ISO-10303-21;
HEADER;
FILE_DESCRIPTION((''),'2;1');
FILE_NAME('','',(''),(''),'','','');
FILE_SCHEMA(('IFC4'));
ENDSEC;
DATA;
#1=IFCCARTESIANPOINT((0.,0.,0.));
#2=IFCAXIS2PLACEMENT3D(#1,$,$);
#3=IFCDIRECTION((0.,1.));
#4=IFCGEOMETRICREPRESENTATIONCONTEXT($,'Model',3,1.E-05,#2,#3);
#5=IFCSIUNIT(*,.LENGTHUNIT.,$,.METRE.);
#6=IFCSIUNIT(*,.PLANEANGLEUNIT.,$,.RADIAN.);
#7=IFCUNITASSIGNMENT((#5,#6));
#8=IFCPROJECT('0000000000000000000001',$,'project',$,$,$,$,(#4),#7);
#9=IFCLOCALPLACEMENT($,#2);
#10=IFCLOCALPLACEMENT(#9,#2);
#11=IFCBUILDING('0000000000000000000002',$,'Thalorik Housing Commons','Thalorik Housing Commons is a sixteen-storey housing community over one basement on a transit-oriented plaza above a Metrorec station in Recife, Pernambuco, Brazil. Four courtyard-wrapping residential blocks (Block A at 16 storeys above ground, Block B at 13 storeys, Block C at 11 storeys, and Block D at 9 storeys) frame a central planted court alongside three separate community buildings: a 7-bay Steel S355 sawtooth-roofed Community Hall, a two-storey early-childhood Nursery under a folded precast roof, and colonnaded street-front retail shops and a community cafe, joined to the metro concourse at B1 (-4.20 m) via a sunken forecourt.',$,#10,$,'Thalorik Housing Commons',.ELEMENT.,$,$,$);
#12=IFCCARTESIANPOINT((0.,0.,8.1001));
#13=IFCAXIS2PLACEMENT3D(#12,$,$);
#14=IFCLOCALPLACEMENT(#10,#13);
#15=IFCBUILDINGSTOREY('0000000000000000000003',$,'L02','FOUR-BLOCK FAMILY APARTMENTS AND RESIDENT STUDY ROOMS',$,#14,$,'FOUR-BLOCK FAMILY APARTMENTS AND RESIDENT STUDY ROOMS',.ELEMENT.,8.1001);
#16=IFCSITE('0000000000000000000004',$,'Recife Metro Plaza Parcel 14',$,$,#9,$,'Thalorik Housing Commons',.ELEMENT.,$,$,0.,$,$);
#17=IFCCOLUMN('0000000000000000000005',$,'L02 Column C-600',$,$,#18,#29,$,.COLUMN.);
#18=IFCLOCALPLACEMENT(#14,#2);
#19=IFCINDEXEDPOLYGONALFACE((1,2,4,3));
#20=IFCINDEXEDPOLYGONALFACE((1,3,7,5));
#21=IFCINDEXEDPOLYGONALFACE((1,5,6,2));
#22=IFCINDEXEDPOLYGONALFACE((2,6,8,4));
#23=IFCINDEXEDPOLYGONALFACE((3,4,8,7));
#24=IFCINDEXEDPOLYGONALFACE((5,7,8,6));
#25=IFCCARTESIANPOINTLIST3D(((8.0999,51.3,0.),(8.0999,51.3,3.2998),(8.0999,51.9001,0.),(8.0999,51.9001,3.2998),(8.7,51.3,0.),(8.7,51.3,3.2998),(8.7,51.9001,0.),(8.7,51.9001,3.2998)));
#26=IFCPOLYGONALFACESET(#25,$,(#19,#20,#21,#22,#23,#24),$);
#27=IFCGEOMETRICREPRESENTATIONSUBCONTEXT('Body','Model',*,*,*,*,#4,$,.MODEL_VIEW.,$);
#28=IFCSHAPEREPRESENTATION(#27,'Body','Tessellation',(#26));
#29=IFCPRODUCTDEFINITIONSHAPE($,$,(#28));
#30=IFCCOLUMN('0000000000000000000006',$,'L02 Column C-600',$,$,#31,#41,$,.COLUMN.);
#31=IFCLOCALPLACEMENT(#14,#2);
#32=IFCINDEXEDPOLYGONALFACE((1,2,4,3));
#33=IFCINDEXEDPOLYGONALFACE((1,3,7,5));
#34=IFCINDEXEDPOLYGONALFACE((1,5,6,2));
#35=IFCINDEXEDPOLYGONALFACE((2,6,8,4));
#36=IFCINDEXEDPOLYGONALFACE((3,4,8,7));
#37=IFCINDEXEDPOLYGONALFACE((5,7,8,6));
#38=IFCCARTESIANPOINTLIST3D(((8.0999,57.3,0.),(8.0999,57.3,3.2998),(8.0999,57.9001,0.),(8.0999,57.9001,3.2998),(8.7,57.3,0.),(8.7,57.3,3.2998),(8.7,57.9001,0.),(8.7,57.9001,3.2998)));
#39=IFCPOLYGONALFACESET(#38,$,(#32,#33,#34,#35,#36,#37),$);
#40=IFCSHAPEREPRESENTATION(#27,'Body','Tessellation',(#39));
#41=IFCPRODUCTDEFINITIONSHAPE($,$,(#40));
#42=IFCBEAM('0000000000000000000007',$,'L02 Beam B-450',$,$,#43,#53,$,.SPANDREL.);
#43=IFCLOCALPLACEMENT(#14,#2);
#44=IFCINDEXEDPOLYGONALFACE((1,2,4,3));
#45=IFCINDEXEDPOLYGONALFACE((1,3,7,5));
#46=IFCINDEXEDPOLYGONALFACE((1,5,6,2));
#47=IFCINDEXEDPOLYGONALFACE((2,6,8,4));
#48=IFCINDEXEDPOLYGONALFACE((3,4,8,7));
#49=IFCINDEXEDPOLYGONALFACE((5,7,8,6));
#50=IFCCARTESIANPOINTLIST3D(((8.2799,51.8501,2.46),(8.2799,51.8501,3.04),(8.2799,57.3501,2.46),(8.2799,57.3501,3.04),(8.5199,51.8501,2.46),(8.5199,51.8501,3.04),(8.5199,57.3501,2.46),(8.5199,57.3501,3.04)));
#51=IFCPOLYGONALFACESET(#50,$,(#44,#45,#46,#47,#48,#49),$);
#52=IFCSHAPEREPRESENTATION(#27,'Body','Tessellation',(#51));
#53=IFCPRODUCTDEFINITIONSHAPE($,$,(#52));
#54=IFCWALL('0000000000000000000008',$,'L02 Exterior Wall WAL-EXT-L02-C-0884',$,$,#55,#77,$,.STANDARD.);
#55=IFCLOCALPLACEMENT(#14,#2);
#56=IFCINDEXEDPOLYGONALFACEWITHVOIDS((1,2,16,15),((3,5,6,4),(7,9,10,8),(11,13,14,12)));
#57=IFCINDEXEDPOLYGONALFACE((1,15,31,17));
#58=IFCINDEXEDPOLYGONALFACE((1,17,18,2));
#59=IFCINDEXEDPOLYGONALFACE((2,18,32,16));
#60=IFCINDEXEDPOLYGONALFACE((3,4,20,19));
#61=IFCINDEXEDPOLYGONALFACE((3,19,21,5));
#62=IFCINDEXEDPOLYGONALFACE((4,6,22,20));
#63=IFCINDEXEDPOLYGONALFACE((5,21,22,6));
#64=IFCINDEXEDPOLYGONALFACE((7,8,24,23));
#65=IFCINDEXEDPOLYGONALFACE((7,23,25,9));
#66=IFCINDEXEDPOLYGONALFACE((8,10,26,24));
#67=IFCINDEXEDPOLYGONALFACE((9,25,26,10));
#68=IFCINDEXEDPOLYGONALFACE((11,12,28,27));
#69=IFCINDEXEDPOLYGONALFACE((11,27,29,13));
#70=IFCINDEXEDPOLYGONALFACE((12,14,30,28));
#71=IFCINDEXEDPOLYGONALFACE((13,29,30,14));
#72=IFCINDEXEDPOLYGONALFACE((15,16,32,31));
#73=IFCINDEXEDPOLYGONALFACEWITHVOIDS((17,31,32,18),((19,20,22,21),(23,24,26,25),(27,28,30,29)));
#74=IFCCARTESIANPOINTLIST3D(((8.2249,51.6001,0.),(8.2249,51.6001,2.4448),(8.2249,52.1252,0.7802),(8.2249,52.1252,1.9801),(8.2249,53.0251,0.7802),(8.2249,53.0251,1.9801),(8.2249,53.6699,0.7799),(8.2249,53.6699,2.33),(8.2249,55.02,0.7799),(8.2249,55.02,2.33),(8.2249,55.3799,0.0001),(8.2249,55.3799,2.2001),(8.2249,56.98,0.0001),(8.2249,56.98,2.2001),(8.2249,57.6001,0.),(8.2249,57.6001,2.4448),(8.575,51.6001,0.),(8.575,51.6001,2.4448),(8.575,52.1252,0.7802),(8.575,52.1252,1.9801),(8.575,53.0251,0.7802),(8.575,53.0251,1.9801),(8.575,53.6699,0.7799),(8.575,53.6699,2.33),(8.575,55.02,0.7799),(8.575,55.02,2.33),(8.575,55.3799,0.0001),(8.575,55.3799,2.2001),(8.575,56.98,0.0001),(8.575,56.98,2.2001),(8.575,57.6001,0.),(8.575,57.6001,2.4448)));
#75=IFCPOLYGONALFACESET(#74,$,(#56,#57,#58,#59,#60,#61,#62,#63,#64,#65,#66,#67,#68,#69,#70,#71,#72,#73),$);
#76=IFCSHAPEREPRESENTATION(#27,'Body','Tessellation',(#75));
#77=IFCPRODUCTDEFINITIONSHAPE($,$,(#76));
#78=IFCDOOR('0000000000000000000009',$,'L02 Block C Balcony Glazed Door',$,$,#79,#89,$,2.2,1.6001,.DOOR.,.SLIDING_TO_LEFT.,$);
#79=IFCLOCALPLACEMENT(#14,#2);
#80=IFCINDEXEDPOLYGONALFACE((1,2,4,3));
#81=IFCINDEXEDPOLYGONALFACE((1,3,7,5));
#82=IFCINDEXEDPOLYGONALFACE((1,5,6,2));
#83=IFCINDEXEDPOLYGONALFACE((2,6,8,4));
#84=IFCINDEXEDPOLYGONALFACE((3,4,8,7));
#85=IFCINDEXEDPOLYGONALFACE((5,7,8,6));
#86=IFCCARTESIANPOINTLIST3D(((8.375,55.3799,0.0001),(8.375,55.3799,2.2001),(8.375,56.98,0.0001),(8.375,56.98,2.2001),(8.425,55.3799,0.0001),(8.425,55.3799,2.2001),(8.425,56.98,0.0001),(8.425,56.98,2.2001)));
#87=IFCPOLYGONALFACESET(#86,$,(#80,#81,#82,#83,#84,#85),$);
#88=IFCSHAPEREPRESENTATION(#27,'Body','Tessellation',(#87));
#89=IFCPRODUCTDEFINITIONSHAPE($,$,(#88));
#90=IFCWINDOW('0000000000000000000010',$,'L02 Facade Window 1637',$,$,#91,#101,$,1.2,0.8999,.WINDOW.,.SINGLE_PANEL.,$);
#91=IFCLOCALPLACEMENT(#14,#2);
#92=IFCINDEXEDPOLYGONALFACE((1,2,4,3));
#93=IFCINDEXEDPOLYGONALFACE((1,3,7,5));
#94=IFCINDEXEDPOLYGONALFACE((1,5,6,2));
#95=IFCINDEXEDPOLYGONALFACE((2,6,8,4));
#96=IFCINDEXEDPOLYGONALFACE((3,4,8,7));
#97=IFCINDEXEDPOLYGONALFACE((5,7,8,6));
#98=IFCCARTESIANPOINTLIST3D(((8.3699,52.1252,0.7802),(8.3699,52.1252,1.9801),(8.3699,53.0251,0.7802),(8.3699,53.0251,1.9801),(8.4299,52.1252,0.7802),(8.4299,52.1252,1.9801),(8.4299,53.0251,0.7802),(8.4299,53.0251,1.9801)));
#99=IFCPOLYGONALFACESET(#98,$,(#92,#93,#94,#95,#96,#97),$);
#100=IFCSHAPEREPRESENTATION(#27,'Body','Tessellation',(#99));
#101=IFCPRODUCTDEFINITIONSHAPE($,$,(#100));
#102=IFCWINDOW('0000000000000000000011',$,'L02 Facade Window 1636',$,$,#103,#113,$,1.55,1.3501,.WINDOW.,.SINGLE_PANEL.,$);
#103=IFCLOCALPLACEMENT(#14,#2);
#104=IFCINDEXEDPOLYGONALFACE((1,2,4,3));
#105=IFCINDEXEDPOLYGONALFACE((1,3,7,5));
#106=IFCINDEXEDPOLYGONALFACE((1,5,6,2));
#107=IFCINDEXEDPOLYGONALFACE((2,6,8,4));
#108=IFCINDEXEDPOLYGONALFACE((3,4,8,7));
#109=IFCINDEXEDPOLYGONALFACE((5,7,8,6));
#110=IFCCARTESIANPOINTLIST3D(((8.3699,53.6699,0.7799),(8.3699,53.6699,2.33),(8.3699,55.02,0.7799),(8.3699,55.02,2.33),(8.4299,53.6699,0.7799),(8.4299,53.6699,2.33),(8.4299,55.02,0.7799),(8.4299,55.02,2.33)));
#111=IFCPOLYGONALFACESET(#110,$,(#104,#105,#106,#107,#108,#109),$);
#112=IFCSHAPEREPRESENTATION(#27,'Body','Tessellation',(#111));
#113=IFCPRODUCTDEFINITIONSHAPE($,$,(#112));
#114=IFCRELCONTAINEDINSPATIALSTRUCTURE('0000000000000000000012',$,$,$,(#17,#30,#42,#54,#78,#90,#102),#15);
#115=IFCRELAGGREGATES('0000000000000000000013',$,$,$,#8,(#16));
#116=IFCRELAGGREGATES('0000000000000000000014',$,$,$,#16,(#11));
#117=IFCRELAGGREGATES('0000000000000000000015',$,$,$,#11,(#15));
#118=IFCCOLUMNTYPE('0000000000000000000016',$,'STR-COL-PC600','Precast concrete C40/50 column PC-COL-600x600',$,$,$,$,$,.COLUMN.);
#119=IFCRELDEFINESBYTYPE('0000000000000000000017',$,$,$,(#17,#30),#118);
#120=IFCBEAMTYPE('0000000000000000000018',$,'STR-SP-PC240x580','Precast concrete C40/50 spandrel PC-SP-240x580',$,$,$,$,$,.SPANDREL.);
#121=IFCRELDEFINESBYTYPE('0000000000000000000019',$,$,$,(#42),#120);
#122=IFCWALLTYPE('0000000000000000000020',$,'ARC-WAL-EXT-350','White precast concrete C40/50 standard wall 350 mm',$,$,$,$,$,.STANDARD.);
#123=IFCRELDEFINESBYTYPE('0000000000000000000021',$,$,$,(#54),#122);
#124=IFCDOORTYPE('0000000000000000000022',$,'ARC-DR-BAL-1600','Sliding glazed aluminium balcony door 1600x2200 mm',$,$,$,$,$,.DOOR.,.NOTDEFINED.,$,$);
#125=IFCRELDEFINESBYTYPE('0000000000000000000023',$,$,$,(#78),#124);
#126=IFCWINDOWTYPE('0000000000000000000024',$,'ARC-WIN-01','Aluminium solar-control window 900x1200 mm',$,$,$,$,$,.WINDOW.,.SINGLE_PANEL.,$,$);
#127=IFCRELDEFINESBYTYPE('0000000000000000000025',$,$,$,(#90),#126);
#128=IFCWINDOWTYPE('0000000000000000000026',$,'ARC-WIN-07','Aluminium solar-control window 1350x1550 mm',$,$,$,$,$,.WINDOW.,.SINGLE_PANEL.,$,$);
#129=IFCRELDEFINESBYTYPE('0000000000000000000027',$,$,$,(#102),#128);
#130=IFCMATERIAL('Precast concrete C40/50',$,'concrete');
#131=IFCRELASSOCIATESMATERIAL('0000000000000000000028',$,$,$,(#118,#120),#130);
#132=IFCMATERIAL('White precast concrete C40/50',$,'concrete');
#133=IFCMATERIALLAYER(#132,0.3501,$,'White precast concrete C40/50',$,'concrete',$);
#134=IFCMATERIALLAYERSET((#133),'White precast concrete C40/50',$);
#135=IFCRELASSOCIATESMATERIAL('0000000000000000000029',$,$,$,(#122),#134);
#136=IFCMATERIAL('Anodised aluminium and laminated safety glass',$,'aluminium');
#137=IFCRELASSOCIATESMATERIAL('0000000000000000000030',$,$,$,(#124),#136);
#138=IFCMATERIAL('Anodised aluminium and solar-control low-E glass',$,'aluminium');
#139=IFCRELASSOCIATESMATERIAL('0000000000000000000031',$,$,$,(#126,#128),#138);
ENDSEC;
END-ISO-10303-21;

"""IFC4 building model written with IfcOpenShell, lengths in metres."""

from ifc_helpers import new_model, si_unit, direction, frame, frame_2d, origin, origin_2d, place, context, subcontext, project, spatial, rectangle, extrude, material, layer, layer_set, material_profile, profile_set, type_object, element, fill, save


model = new_model("IFC4")

# Units and contexts
model_context = context("Model", 3, precision=1e-05, world=origin(), true_north=direction((0.0, 1.0)))
body_context = subcontext(model_context, "Body", "Model", "MODEL_VIEW")
ifc_project = project(units=[si_unit("LENGTHUNIT", "METRE"), si_unit("PLANEANGLEUNIT", "RADIAN")], contexts=[model_context])

# Site, building, storey
site_placement = place(None, origin())
site = spatial("IfcSite", under=ifc_project, at=site_placement, Name="Recife Metro Plaza Parcel 14", LongName="Thalorik Housing Commons", CompositionType="ELEMENT", RefElevation=0.0)
building_placement = place(site_placement, origin())
building = spatial("IfcBuilding", under=site, at=building_placement, Name="Thalorik Housing Commons", Description="Thalorik Housing Commons is a sixteen-storey housing community over one basement on a transit-oriented plaza above a Metrorec station in Recife, Pernambuco, Brazil. Four courtyard-wrapping residential blocks (Block A at 16 storeys above ground, Block B at 13 storeys, Block C at 11 storeys, and Block D at 9 storeys) frame a central planted court alongside three separate community buildings: a 7-bay Steel S355 sawtooth-roofed Community Hall, a two-storey early-childhood Nursery under a folded precast roof, and colonnaded street-front retail shops and a community cafe, joined to the metro concourse at B1 (-4.20 m) via a sunken forecourt.", LongName="Thalorik Housing Commons", CompositionType="ELEMENT")
storey_placement = place(building_placement, frame((0.0, 0.0, 8.1001)))
storey = spatial("IfcBuildingStorey", under=building, at=storey_placement, Name="L02", Description="FOUR-BLOCK FAMILY APARTMENTS AND RESIDENT STUDY ROOMS", LongName="FOUR-BLOCK FAMILY APARTMENTS AND RESIDENT STUDY ROOMS", CompositionType="ELEMENT", Elevation=8.1001)

# Columns
ifc_material_1 = material(Name="Precast concrete C40/50", Category="concrete")
ifc_material_profile_1 = material_profile(ifc_material_1, rectangle(XDim=0.6001, YDim=0.6001, at=origin_2d()), Name="PC 600x600", Category="concrete")
ifc_profile_set_1 = profile_set([ifc_material_profile_1], Name="Precast concrete C40/50")
column_type = type_object("IfcColumnType", Name="STR-COL-PC600", Description="Precast concrete C40/50 column PC-COL-600x600", PredefinedType="COLUMN", material=ifc_profile_set_1)
for number, where, z_axis, x_axis, name in (
    (1, (8.3999, 51.6001, 0.0), (0.0, 0.0, 1.0), (1.0, 0.0, 0.0), "L02 Column C-600"),
    (2, (8.3999, 57.6001, 0.0), (0.0, 0.0, 1.0), (1.0, 0.0, 0.0), "L02 Column C-600"),
):
    element("IfcColumn", number, at=place(storey_placement, frame(where, z_axis=z_axis, x_axis=x_axis)), inside=storey, type_object=column_type, Name=name, PredefinedType="COLUMN", context=body_context, shape_type="SweptSolid", body=[
        extrude(rectangle(XDim=0.6001, YDim=0.6001, at=origin_2d()), origin(), (0.0, 0.0, 1.0), 3.2998),
    ])

# Beam
ifc_material_profile_2 = material_profile(ifc_material_1, rectangle(XDim=0.24, YDim=0.5801, at=origin_2d()), Name="PC SP 240x580", Category="concrete")
ifc_profile_set_2 = profile_set([ifc_material_profile_2], Name="Precast concrete C40/50")
beam_type = type_object("IfcBeamType", Name="STR-SP-PC240x580", Description="Precast concrete C40/50 spandrel PC-SP-240x580", PredefinedType="SPANDREL", material=ifc_profile_set_2)
beam_placement = place(storey_placement, frame((8.3999, 51.8501, 2.75), z_axis=(0.0, 1.0, 0.0), x_axis=(-1.0, 0.0, 0.0)))
element("IfcBeam", 3, at=beam_placement, inside=storey, type_object=beam_type, Name="L02 Beam B-450", PredefinedType="SPANDREL", context=body_context, shape_type="SweptSolid", body=[
    extrude(rectangle(XDim=0.24, YDim=0.5801, at=origin_2d()), origin(), (0.0, 0.0, 1.0), 5.5),
])

# Wall, openings, door, windows
ifc_material_2 = material(Name="White precast concrete C40/50", Category="concrete")
ifc_layer_1 = layer(ifc_material_2, 0.3501, Name="White precast concrete C40/50", Category="concrete")
ifc_layer_set_1 = layer_set([ifc_layer_1], Name="White precast concrete C40/50")
wall_type_1 = type_object("IfcWallType", Name="ARC-WAL-EXT-350", Description="White precast concrete C40/50 standard wall 350 mm", PredefinedType="STANDARD", material=ifc_layer_set_1)
wall_1_placement = place(storey_placement, frame((8.3999, 57.6001, 0.0), z_axis=(0.0, 0.0, 1.0), x_axis=(0.0, -1.0, 0.0)))
wall_1 = element("IfcWall", 4, at=wall_1_placement, inside=storey, type_object=wall_type_1, Name="L02 Exterior Wall WAL-EXT-L02-C-0884", PredefinedType="STANDARD", context=body_context, shape_type="SweptSolid", body=[
    extrude(rectangle(XDim=6.0, YDim=0.3501, at=frame_2d((3.0, 0.0))), origin(), (0.0, 0.0, 1.0), 2.4448),
])
opening_1_placement = place(wall_1_placement, frame((0.6201, 0.0, 0.0)))
opening_1 = element("IfcOpeningElement", 5, at=opening_1_placement, cuts=wall_1, PredefinedType="OPENING", context=body_context, shape_type="SweptSolid", body=[
    extrude(rectangle(XDim=1.6001, YDim=2.2, at=frame_2d((0.8, 1.1001))), frame((0.0, 0.1851, 0.0), z_axis=(0.0, -1.0, 0.0), x_axis=(1.0, 0.0, 0.0)), (0.0, 0.0, 1.0), 0.3701),
])
opening_2_placement = place(wall_1_placement, frame((2.5801, 0.0, 0.78)))
opening_2 = element("IfcOpeningElement", 6, at=opening_2_placement, cuts=wall_1, PredefinedType="OPENING", context=body_context, shape_type="SweptSolid", body=[
    extrude(rectangle(XDim=1.3501, YDim=1.55, at=frame_2d((0.675, 0.7749))), frame((0.0, 0.1851, 0.0), z_axis=(0.0, -1.0, 0.0), x_axis=(1.0, 0.0, 0.0)), (0.0, 0.0, 1.0), 0.3701),
])
opening_3_placement = place(wall_1_placement, frame((4.575, 0.0, 0.78)))
opening_3 = element("IfcOpeningElement", 7, at=opening_3_placement, cuts=wall_1, PredefinedType="OPENING", context=body_context, shape_type="SweptSolid", body=[
    extrude(rectangle(XDim=0.8999, YDim=1.2, at=frame_2d((0.45, 0.6001))), frame((0.0, 0.1851, 0.0), z_axis=(0.0, -1.0, 0.0), x_axis=(1.0, 0.0, 0.0)), (0.0, 0.0, 1.0), 0.3701),
])
ifc_material_3 = material(Name="Anodised aluminium and laminated safety glass", Category="aluminium")
door_type_1 = type_object("IfcDoorType", Name="ARC-DR-BAL-1600", Description="Sliding glazed aluminium balcony door 1600x2200 mm", OperationType="NOTDEFINED", PredefinedType="DOOR", material=ifc_material_3)
door_1_placement = place(opening_1_placement, frame((1.6001, 0.0, 0.0), z_axis=(0.0, 0.0, 1.0), x_axis=(-1.0, 0.0, 0.0)))
door_1 = element("IfcDoor", 8, at=door_1_placement, inside=storey, type_object=door_type_1, Name="L02 Block C Balcony Glazed Door", OperationType="SLIDING_TO_LEFT", OverallHeight=2.2, OverallWidth=1.6001, PredefinedType="DOOR", context=body_context, shape_type="SweptSolid", body=[
    extrude(rectangle(XDim=1.6001, YDim=2.2, at=frame_2d((0.8, 1.1001))), frame((0.0, 0.0249, 0.0), z_axis=(0.0, -1.0, 0.0), x_axis=(1.0, 0.0, 0.0)), (0.0, 0.0, 1.0), 0.05),
])
fill(opening_1, door_1)
ifc_material_4 = material(Name="Anodised aluminium and solar-control low-E glass", Category="aluminium")
window_type_1 = type_object("IfcWindowType", Name="ARC-WIN-01", Description="Aluminium solar-control window 900x1200 mm", PartitioningType="SINGLE_PANEL", PredefinedType="WINDOW", material=ifc_material_4)
window_1_placement = place(opening_3_placement, origin())
window_1 = element("IfcWindow", 9, at=window_1_placement, inside=storey, type_object=window_type_1, Name="L02 Facade Window 1637", OverallHeight=1.2, OverallWidth=0.8999, PartitioningType="SINGLE_PANEL", PredefinedType="WINDOW", context=body_context, shape_type="SweptSolid", body=[
    extrude(rectangle(XDim=0.8999, YDim=1.2, at=frame_2d((0.45, 0.6001))), frame((0.0, 0.03, 0.0), z_axis=(0.0, -1.0, 0.0), x_axis=(1.0, 0.0, 0.0)), (0.0, 0.0, 1.0), 0.0601),
])
fill(opening_3, window_1)
window_type_2 = type_object("IfcWindowType", Name="ARC-WIN-07", Description="Aluminium solar-control window 1350x1550 mm", PartitioningType="SINGLE_PANEL", PredefinedType="WINDOW", material=ifc_material_4)
window_2_placement = place(opening_2_placement, origin())
window_2 = element("IfcWindow", 10, at=window_2_placement, inside=storey, type_object=window_type_2, Name="L02 Facade Window 1636", OverallHeight=1.55, OverallWidth=1.3501, PartitioningType="SINGLE_PANEL", PredefinedType="WINDOW", context=body_context, shape_type="SweptSolid", body=[
    extrude(rectangle(XDim=1.3501, YDim=1.55, at=frame_2d((0.675, 0.7749))), frame((0.0, 0.03, 0.0), z_axis=(0.0, -1.0, 0.0), x_axis=(1.0, 0.0, 0.0)), (0.0, 0.0, 1.0), 0.0601),
])
fill(opening_2, window_2)

save(model, "model.ifc")
